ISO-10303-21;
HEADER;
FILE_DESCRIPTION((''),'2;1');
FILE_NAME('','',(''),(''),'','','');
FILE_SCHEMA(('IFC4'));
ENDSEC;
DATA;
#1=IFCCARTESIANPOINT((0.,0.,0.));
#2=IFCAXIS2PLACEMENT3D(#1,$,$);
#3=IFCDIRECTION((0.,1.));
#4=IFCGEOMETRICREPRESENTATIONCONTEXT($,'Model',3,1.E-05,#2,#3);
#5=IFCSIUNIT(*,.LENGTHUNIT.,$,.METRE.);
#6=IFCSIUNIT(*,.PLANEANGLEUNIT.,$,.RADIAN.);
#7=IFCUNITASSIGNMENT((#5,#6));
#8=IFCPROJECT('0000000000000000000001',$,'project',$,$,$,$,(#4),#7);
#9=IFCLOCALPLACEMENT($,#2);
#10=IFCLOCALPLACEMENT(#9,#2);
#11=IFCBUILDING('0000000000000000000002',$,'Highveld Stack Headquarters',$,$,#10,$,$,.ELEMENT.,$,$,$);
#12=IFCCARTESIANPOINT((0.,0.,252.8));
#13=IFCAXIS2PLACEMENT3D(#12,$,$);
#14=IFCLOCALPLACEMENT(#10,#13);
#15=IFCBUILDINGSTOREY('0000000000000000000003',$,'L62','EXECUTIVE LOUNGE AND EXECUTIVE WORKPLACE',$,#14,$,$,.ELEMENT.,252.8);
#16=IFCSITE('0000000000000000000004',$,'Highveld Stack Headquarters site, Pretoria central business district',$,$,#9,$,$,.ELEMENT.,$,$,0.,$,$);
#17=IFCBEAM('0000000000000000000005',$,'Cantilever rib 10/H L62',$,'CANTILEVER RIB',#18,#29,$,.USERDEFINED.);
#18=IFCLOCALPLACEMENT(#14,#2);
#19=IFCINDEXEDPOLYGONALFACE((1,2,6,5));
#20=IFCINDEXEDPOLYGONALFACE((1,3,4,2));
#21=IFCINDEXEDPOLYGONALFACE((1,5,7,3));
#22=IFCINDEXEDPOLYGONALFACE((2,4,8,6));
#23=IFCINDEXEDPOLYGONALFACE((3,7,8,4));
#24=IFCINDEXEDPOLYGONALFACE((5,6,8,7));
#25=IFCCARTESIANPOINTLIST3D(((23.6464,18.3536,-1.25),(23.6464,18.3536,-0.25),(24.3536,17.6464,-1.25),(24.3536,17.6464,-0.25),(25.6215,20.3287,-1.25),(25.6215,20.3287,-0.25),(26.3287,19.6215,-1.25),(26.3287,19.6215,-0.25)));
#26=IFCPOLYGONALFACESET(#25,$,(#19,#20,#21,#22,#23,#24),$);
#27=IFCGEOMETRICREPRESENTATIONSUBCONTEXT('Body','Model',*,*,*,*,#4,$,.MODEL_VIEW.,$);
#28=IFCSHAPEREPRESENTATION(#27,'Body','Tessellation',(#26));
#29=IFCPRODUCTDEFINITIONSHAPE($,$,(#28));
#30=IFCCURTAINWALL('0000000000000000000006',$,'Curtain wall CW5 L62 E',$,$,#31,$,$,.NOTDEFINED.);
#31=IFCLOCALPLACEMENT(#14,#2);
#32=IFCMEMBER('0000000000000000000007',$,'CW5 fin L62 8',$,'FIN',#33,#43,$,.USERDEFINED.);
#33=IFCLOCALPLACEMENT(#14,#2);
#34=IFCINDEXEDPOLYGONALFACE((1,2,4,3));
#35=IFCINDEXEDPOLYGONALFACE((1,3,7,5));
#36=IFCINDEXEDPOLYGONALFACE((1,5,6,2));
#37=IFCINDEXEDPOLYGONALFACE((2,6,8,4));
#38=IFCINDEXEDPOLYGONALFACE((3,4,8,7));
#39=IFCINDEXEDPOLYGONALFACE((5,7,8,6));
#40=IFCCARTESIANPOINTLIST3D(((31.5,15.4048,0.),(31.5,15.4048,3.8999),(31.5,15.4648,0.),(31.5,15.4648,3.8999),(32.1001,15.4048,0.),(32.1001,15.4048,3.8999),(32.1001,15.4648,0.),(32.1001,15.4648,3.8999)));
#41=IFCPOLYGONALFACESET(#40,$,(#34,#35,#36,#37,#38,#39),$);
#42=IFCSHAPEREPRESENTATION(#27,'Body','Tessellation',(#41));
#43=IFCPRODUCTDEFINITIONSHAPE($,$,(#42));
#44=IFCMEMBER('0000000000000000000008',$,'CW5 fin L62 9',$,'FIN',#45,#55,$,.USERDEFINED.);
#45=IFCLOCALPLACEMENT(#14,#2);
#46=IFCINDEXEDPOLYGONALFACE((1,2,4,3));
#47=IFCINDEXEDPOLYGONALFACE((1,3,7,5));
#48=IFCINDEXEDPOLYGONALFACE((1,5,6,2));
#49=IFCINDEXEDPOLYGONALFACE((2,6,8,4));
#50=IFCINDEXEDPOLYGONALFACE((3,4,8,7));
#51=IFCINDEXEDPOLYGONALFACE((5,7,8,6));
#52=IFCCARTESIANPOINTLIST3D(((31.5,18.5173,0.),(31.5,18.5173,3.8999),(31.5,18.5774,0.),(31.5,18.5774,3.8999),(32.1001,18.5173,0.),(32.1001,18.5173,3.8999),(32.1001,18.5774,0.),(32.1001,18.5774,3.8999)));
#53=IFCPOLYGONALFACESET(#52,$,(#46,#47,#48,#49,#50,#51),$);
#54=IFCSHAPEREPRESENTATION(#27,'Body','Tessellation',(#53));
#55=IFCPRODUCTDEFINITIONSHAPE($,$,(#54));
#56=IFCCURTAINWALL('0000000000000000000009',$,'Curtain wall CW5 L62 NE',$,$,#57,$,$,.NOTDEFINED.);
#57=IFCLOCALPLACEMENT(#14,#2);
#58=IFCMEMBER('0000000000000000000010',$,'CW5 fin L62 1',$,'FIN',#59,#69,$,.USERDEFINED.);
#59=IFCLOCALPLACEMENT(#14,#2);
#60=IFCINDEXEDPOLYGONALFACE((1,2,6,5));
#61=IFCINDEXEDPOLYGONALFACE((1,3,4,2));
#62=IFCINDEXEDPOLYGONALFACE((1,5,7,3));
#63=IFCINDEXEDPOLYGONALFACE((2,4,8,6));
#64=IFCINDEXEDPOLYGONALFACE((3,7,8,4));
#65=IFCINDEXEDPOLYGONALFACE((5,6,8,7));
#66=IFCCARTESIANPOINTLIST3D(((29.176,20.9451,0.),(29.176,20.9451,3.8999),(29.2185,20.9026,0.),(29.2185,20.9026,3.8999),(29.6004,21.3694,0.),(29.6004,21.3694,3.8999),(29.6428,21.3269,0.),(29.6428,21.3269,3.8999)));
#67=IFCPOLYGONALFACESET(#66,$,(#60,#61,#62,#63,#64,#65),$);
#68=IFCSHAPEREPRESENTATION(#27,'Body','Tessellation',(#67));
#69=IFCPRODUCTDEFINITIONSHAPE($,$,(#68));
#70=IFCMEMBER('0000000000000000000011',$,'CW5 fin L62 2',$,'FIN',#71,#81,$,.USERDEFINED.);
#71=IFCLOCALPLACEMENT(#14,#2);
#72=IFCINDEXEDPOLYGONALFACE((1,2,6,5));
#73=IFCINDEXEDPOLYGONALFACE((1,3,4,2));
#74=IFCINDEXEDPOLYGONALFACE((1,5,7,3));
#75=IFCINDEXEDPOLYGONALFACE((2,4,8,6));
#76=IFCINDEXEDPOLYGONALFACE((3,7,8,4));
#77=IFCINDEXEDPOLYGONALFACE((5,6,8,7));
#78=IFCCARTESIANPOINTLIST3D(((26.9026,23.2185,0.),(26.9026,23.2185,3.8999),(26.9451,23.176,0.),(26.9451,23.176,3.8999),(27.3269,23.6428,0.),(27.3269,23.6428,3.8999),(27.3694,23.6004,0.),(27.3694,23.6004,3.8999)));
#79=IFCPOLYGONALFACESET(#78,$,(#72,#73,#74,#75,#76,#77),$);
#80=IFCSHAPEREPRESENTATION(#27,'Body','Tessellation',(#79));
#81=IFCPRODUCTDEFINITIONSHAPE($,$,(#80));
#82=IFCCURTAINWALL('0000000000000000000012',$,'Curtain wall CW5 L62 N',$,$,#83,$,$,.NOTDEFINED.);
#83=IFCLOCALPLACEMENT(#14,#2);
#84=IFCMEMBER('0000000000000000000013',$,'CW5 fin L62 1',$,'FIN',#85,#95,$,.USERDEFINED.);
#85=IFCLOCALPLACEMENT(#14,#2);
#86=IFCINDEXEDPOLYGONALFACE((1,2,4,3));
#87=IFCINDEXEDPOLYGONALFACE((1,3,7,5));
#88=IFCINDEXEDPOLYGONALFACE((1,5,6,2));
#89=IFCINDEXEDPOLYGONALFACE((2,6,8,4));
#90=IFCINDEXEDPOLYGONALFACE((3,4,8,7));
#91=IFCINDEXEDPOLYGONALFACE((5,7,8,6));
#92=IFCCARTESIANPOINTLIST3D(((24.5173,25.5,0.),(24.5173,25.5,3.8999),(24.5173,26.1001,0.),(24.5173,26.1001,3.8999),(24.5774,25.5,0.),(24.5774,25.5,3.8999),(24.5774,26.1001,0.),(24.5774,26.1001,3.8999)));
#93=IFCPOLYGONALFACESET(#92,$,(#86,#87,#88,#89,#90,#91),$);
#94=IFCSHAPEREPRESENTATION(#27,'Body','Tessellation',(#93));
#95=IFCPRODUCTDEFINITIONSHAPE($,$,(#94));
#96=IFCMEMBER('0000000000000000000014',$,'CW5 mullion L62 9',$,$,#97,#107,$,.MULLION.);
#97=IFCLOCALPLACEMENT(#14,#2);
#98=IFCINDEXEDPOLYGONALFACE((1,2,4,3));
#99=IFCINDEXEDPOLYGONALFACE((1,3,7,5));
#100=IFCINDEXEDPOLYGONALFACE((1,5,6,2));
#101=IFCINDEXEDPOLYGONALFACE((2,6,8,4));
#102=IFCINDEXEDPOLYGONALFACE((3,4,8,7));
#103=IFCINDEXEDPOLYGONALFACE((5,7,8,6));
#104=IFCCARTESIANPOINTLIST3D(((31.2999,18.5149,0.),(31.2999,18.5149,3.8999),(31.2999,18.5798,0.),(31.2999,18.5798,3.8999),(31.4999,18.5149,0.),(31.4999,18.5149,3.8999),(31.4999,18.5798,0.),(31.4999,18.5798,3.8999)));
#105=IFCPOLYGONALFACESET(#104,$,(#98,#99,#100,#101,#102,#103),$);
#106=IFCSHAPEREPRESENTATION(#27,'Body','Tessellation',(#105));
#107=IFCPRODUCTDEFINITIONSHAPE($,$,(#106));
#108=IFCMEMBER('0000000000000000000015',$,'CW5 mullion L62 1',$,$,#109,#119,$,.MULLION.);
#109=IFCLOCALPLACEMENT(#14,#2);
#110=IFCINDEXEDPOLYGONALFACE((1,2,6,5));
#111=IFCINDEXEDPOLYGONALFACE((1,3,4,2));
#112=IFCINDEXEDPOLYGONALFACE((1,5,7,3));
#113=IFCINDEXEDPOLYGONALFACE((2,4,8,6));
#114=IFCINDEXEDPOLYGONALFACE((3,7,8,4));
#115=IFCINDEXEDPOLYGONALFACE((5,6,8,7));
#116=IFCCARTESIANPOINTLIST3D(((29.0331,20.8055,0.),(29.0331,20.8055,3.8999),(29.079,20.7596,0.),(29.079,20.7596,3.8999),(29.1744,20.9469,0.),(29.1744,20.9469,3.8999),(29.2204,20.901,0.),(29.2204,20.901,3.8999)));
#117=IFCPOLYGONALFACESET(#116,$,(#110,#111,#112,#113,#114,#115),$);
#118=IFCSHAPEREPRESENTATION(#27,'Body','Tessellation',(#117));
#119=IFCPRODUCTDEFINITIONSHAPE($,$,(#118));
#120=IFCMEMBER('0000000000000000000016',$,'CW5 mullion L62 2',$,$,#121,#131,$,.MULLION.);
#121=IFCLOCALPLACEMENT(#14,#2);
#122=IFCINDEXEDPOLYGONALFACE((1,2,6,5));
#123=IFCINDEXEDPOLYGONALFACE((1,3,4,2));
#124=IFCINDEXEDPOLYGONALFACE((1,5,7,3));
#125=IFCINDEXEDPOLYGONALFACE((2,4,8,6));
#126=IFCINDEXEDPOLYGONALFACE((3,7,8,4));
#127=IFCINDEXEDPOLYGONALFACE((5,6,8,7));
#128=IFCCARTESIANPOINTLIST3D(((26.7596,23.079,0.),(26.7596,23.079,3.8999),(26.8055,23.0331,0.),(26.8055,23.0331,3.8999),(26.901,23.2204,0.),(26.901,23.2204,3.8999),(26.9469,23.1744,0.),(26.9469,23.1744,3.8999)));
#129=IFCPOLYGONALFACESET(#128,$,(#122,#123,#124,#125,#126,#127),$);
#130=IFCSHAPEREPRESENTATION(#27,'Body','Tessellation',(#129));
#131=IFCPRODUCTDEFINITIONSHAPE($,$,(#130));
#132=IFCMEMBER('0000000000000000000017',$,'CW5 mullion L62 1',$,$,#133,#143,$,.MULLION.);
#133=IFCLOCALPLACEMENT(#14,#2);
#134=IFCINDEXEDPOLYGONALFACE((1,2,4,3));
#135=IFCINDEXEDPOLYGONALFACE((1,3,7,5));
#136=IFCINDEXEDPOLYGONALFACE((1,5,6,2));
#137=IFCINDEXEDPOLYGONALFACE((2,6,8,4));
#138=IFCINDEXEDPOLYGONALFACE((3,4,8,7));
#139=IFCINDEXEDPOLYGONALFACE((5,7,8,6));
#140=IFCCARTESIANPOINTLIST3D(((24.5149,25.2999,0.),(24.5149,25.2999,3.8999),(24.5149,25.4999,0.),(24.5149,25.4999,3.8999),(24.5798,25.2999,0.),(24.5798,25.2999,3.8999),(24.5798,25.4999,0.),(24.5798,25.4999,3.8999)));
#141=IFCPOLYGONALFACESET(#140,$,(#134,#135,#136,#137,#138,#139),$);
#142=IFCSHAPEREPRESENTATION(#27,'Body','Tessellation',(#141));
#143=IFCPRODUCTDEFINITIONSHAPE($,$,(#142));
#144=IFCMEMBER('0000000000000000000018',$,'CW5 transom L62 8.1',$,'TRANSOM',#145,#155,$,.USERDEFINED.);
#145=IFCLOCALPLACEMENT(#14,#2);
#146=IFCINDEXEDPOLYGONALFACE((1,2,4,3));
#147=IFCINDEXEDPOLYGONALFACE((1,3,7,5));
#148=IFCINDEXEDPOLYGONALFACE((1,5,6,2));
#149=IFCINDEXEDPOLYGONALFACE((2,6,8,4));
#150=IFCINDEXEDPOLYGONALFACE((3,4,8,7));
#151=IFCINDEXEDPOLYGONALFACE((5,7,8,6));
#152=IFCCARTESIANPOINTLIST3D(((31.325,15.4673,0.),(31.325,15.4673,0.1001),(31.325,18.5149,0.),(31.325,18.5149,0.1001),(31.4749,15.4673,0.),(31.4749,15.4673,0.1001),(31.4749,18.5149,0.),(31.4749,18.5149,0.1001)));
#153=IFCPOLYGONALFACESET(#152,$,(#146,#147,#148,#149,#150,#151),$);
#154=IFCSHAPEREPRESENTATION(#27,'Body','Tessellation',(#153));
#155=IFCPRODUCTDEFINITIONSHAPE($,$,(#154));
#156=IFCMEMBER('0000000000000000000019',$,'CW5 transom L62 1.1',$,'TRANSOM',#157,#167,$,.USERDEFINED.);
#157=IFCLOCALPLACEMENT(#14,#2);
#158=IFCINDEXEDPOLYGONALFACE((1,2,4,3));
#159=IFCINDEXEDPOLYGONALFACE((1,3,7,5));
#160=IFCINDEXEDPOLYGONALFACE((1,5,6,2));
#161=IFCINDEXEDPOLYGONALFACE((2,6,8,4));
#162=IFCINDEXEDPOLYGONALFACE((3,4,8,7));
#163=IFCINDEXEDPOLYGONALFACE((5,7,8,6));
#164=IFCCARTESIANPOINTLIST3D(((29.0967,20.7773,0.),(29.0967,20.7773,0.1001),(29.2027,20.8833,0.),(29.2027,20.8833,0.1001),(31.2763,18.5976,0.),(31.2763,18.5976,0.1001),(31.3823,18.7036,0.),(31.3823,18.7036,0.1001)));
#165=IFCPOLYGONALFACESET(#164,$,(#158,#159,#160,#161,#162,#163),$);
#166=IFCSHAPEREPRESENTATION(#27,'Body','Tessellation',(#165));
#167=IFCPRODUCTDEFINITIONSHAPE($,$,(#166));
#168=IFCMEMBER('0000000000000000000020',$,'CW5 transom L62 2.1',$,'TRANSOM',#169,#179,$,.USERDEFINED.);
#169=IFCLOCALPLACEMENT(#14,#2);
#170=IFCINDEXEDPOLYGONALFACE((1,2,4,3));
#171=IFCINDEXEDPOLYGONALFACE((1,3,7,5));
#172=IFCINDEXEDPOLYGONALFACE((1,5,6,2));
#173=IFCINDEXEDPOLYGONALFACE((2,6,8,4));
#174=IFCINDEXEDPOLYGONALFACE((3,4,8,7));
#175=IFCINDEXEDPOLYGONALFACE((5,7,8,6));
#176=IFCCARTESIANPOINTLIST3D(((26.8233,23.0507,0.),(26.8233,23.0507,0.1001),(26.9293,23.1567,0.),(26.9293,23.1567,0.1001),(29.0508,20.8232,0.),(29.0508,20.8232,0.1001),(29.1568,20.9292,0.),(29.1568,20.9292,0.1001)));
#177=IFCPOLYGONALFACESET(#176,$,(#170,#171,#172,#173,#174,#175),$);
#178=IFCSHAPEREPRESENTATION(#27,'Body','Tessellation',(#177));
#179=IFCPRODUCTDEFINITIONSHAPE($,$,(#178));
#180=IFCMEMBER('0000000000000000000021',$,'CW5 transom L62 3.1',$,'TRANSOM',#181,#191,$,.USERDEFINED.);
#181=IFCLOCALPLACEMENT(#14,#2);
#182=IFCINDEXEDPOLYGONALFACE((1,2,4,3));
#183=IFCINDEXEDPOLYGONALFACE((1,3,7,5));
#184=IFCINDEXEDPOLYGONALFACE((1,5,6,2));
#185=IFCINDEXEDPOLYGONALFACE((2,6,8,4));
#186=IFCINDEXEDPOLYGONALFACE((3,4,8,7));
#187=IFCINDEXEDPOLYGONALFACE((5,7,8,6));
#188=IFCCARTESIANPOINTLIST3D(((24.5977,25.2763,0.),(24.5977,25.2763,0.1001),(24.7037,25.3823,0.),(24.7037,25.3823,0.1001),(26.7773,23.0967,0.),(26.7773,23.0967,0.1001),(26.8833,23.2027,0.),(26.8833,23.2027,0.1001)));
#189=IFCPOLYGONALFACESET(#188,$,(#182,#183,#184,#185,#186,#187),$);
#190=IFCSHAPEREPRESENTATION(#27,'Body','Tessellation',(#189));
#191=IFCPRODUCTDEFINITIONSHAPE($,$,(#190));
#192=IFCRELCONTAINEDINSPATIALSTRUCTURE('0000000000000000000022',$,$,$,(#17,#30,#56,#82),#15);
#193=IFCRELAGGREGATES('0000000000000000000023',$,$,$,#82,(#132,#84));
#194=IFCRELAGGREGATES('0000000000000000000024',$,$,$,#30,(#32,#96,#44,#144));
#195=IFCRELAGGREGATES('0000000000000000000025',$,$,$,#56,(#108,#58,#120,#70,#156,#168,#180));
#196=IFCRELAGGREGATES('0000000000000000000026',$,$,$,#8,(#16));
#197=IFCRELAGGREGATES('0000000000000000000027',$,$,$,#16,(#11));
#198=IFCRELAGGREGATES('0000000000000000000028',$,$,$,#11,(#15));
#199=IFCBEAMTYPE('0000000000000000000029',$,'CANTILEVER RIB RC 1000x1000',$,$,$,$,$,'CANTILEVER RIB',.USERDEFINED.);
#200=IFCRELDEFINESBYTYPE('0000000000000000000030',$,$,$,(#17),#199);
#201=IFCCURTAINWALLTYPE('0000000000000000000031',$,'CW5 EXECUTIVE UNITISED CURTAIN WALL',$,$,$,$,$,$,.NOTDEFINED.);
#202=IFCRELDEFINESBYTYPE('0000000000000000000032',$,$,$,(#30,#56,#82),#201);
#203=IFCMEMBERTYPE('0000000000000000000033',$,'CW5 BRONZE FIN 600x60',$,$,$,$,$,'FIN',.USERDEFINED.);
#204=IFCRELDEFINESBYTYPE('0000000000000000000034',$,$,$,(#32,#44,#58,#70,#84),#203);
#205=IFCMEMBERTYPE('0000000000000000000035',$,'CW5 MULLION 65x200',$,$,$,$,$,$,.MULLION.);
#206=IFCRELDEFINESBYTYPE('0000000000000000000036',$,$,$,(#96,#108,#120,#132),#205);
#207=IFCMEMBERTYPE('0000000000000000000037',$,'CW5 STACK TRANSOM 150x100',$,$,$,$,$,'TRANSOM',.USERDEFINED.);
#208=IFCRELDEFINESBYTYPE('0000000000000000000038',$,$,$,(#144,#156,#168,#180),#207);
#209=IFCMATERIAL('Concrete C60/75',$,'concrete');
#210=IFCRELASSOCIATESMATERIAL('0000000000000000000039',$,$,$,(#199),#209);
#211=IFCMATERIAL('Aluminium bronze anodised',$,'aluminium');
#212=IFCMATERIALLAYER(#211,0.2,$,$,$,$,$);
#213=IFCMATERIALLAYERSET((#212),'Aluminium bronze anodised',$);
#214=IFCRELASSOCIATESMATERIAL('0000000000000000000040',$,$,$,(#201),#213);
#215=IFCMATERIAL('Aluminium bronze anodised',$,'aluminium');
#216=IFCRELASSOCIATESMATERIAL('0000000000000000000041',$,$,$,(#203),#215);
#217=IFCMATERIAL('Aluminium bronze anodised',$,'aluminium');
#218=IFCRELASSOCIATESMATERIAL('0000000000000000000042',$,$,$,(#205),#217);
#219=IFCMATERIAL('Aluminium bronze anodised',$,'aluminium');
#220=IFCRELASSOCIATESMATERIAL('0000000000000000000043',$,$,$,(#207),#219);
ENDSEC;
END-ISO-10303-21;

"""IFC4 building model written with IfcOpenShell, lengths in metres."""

from ifc_helpers import new_model, si_unit, direction, frame, origin, origin_2d, place, context, subcontext, project, spatial, rectangle, extrude, material, layer, layer_set, material_profile, profile_set, type_object, element, aggregate, save


model = new_model("IFC4")

# Units and contexts
model_context = context("Model", 3, precision=1e-05, world=origin(), true_north=direction((0.0, 1.0)))
body_context = subcontext(model_context, "Body", "Model", "MODEL_VIEW")
ifc_project = project(units=[si_unit("LENGTHUNIT", "METRE"), si_unit("PLANEANGLEUNIT", "RADIAN")], contexts=[model_context])

# Site, building, storey
site_placement = place(None, origin())
site = spatial("IfcSite", under=ifc_project, at=site_placement, Name="Highveld Stack Headquarters site, Pretoria central business district", CompositionType="ELEMENT", RefElevation=0.0)
building_placement = place(site_placement, origin())
building = spatial("IfcBuilding", under=site, at=building_placement, Name="Highveld Stack Headquarters", CompositionType="ELEMENT")
storey_placement = place(building_placement, frame((0.0, 0.0, 252.8)))
storey = spatial("IfcBuildingStorey", under=building, at=storey_placement, Name="L62", Description="EXECUTIVE LOUNGE AND EXECUTIVE WORKPLACE", CompositionType="ELEMENT", Elevation=252.8)

# Beam
ifc_material_1 = material(Name="Concrete C60/75", Category="concrete")
ifc_material_profile_1 = material_profile(ifc_material_1, rectangle(XDim=1.0, YDim=1.0, at=origin_2d()), Name="RC 1000x1000")
ifc_profile_set_1 = profile_set([ifc_material_profile_1], Name="Concrete C60/75")
beam_type_1 = type_object("IfcBeamType", Name="CANTILEVER RIB RC 1000x1000", ElementType="CANTILEVER RIB", PredefinedType="USERDEFINED", material=ifc_profile_set_1)
beam_1_placement = place(storey_placement, frame((24.0, 18.0, -0.75), z_axis=(0.707107, 0.707107, 0.0), x_axis=(-0.707107, 0.707107, 0.0)))
element("IfcBeam", 1, at=beam_1_placement, inside=storey, type_object=beam_type_1, Name="Cantilever rib 10/H L62", ObjectType="CANTILEVER RIB", PredefinedType="USERDEFINED", context=body_context, shape_type="SweptSolid", body=[
    extrude(rectangle(XDim=1.0, YDim=1.0, at=origin_2d()), origin(), (0.0, 0.0, 1.0), 2.7932),
])

# Curtain walls, members
ifc_material_2 = material(Name="Aluminium bronze anodised", Category="aluminium")
ifc_layer_1 = layer(ifc_material_2, 0.2)
ifc_layer_set_1 = layer_set([ifc_layer_1], Name="Aluminium bronze anodised")
curtain_wall_type = type_object("IfcCurtainWallType", Name="CW5 EXECUTIVE UNITISED CURTAIN WALL", PredefinedType="NOTDEFINED", material=ifc_layer_set_1)
curtain_wall_1_placement = place(storey_placement, origin())
curtain_wall_1 = element("IfcCurtainWall", 2, at=curtain_wall_1_placement, inside=storey, type_object=curtain_wall_type, Name="Curtain wall CW5 L62 E", PredefinedType="NOTDEFINED")
ifc_material_3 = material(Name="Aluminium bronze anodised", Category="aluminium")
ifc_material_profile_2 = material_profile(ifc_material_3, rectangle(XDim=0.6001, YDim=0.0601, at=origin_2d()), Name="FIN 600x60")
ifc_profile_set_2 = profile_set([ifc_material_profile_2], Name="Aluminium bronze anodised")
member_type_1 = type_object("IfcMemberType", Name="CW5 BRONZE FIN 600x60", ElementType="FIN", PredefinedType="USERDEFINED", material=ifc_profile_set_2)
member_1_placement = place(storey_placement, frame((31.8, 15.4348, 0.0), z_axis=(0.0, 0.0, 1.0), x_axis=(-1.0, 0.0, 0.0)))
member_1 = element("IfcMember", 3, at=member_1_placement, type_object=member_type_1, Name="CW5 fin L62 8", ObjectType="FIN", PredefinedType="USERDEFINED", context=body_context, shape_type="SweptSolid", body=[
    extrude(rectangle(XDim=0.6001, YDim=0.0601, at=origin_2d()), origin(), (0.0, 0.0, 1.0), 3.8999),
])
member_2_placement = place(storey_placement, frame((31.8, 18.5474, 0.0), z_axis=(0.0, 0.0, 1.0), x_axis=(-1.0, 0.0, 0.0)))
member_2 = element("IfcMember", 4, at=member_2_placement, type_object=member_type_1, Name="CW5 fin L62 9", ObjectType="FIN", PredefinedType="USERDEFINED", context=body_context, shape_type="SweptSolid", body=[
    extrude(rectangle(XDim=0.6001, YDim=0.0601, at=origin_2d()), origin(), (0.0, 0.0, 1.0), 3.8999),
])
curtain_wall_2_placement = place(storey_placement, origin())
curtain_wall_2 = element("IfcCurtainWall", 5, at=curtain_wall_2_placement, inside=storey, type_object=curtain_wall_type, Name="Curtain wall CW5 L62 NE", PredefinedType="NOTDEFINED")
member_3_placement = place(storey_placement, frame((29.4094, 21.136, 0.0), z_axis=(0.0, 0.0, 1.0), x_axis=(-0.707107, -0.707107, 0.0)))
member_3 = element("IfcMember", 6, at=member_3_placement, type_object=member_type_1, Name="CW5 fin L62 1", ObjectType="FIN", PredefinedType="USERDEFINED", context=body_context, shape_type="SweptSolid", body=[
    extrude(rectangle(XDim=0.6001, YDim=0.0601, at=origin_2d()), origin(), (0.0, 0.0, 1.0), 3.8999),
])
member_4_placement = place(storey_placement, frame((27.136, 23.4094, 0.0), z_axis=(0.0, 0.0, 1.0), x_axis=(-0.707107, -0.707107, 0.0)))
member_4 = element("IfcMember", 7, at=member_4_placement, type_object=member_type_1, Name="CW5 fin L62 2", ObjectType="FIN", PredefinedType="USERDEFINED", context=body_context, shape_type="SweptSolid", body=[
    extrude(rectangle(XDim=0.6001, YDim=0.0601, at=origin_2d()), origin(), (0.0, 0.0, 1.0), 3.8999),
])

# Curtain wall, member
curtain_wall_3_placement = place(storey_placement, origin())
curtain_wall_3 = element("IfcCurtainWall", 8, at=curtain_wall_3_placement, inside=storey, type_object=curtain_wall_type, Name="Curtain wall CW5 L62 N", PredefinedType="NOTDEFINED")
member_5_placement = place(storey_placement, frame((24.5474, 25.8, 0.0), z_axis=(0.0, 0.0, 1.0), x_axis=(0.0, -1.0, 0.0)))
member_5 = element("IfcMember", 9, at=member_5_placement, type_object=member_type_1, Name="CW5 fin L62 1", ObjectType="FIN", PredefinedType="USERDEFINED", context=body_context, shape_type="SweptSolid", body=[
    extrude(rectangle(XDim=0.6001, YDim=0.0601, at=origin_2d()), origin(), (0.0, 0.0, 1.0), 3.8999),
])

# Members
ifc_material_4 = material(Name="Aluminium bronze anodised", Category="aluminium")
ifc_material_profile_3 = material_profile(ifc_material_4, rectangle(XDim=0.2, YDim=0.0649, at=origin_2d()), Name="CW5 MULLION 65x200")
ifc_profile_set_3 = profile_set([ifc_material_profile_3], Name="Aluminium bronze anodised")
member_type_2 = type_object("IfcMemberType", Name="CW5 MULLION 65x200", PredefinedType="MULLION", material=ifc_profile_set_3)
member_6_placement = place(storey_placement, frame((31.3999, 18.5474, 0.0), z_axis=(0.0, 0.0, 1.0), x_axis=(-1.0, 0.0, 0.0)))
member_6 = element("IfcMember", 10, at=member_6_placement, type_object=member_type_2, Name="CW5 mullion L62 9", PredefinedType="MULLION", context=body_context, shape_type="SweptSolid", body=[
    extrude(rectangle(XDim=0.2, YDim=0.0649, at=origin_2d()), origin(), (0.0, 0.0, 1.0), 3.8999),
])
member_7_placement = place(storey_placement, frame((29.1267, 20.8533, 0.0), z_axis=(0.0, 0.0, 1.0), x_axis=(-0.707107, -0.707107, 0.0)))
member_7 = element("IfcMember", 11, at=member_7_placement, type_object=member_type_2, Name="CW5 mullion L62 1", PredefinedType="MULLION", context=body_context, shape_type="SweptSolid", body=[
    extrude(rectangle(XDim=0.2, YDim=0.0649, at=origin_2d()), origin(), (0.0, 0.0, 1.0), 3.8999),
])
member_8_placement = place(storey_placement, frame((26.8533, 23.1267, 0.0), z_axis=(0.0, 0.0, 1.0), x_axis=(-0.707107, -0.707107, 0.0)))
member_8 = element("IfcMember", 12, at=member_8_placement, type_object=member_type_2, Name="CW5 mullion L62 2", PredefinedType="MULLION", context=body_context, shape_type="SweptSolid", body=[
    extrude(rectangle(XDim=0.2, YDim=0.0649, at=origin_2d()), origin(), (0.0, 0.0, 1.0), 3.8999),
])
member_9_placement = place(storey_placement, frame((24.5474, 25.3999, 0.0), z_axis=(0.0, 0.0, 1.0), x_axis=(0.0, -1.0, 0.0)))
member_9 = element("IfcMember", 13, at=member_9_placement, type_object=member_type_2, Name="CW5 mullion L62 1", PredefinedType="MULLION", context=body_context, shape_type="SweptSolid", body=[
    extrude(rectangle(XDim=0.2, YDim=0.0649, at=origin_2d()), origin(), (0.0, 0.0, 1.0), 3.8999),
])
ifc_material_5 = material(Name="Aluminium bronze anodised", Category="aluminium")
ifc_material_profile_4 = material_profile(ifc_material_5, rectangle(XDim=0.1499, YDim=0.1001, at=origin_2d()), Name="CW5 TRANSOM 150x100")
ifc_profile_set_4 = profile_set([ifc_material_profile_4], Name="Aluminium bronze anodised")
member_type_3 = type_object("IfcMemberType", Name="CW5 STACK TRANSOM 150x100", ElementType="TRANSOM", PredefinedType="USERDEFINED", material=ifc_profile_set_4)
member_10_placement = place(storey_placement, frame((31.3999, 15.4673, 0.05), z_axis=(0.0, 1.0, 0.0), x_axis=(-1.0, 0.0, 0.0)))
member_10 = element("IfcMember", 14, at=member_10_placement, type_object=member_type_3, Name="CW5 transom L62 8.1", ObjectType="TRANSOM", PredefinedType="USERDEFINED", context=body_context, shape_type="SweptSolid", body=[
    extrude(rectangle(XDim=0.1499, YDim=0.1001, at=origin_2d()), origin(), (0.0, 0.0, 1.0), 3.0476),
])
member_11_placement = place(storey_placement, frame((31.3293, 18.6506, 0.05), z_axis=(-0.707107, 0.707107, 0.0), x_axis=(-0.707107, -0.707107, 0.0)))
member_11 = element("IfcMember", 15, at=member_11_placement, type_object=member_type_3, Name="CW5 transom L62 1.1", ObjectType="TRANSOM", PredefinedType="USERDEFINED", context=body_context, shape_type="SweptSolid", body=[
    extrude(rectangle(XDim=0.1499, YDim=0.1001, at=origin_2d()), origin(), (0.0, 0.0, 1.0), 3.0825),
])
member_12_placement = place(storey_placement, frame((29.1038, 20.8762, 0.05), z_axis=(-0.707107, 0.707107, 0.0), x_axis=(-0.707107, -0.707107, 0.0)))
member_12 = element("IfcMember", 16, at=member_12_placement, type_object=member_type_3, Name="CW5 transom L62 2.1", ObjectType="TRANSOM", PredefinedType="USERDEFINED", context=body_context, shape_type="SweptSolid", body=[
    extrude(rectangle(XDim=0.1499, YDim=0.1001, at=origin_2d()), origin(), (0.0, 0.0, 1.0), 3.1501),
])
member_13_placement = place(storey_placement, frame((26.8303, 23.1497, 0.05), z_axis=(-0.707107, 0.707107, 0.0), x_axis=(-0.707107, -0.707107, 0.0)))
member_13 = element("IfcMember", 17, at=member_13_placement, type_object=member_type_3, Name="CW5 transom L62 3.1", ObjectType="TRANSOM", PredefinedType="USERDEFINED", context=body_context, shape_type="SweptSolid", body=[
    extrude(rectangle(XDim=0.1499, YDim=0.1001, at=origin_2d()), origin(), (0.0, 0.0, 1.0), 3.0825),
])
aggregate(curtain_wall_3, [member_9, member_5])

aggregate(curtain_wall_1, [member_1, member_6, member_2, member_10])
aggregate(curtain_wall_2, [member_7, member_3, member_8, member_4, member_11, member_12, member_13])

save(model, "model.ifc")
